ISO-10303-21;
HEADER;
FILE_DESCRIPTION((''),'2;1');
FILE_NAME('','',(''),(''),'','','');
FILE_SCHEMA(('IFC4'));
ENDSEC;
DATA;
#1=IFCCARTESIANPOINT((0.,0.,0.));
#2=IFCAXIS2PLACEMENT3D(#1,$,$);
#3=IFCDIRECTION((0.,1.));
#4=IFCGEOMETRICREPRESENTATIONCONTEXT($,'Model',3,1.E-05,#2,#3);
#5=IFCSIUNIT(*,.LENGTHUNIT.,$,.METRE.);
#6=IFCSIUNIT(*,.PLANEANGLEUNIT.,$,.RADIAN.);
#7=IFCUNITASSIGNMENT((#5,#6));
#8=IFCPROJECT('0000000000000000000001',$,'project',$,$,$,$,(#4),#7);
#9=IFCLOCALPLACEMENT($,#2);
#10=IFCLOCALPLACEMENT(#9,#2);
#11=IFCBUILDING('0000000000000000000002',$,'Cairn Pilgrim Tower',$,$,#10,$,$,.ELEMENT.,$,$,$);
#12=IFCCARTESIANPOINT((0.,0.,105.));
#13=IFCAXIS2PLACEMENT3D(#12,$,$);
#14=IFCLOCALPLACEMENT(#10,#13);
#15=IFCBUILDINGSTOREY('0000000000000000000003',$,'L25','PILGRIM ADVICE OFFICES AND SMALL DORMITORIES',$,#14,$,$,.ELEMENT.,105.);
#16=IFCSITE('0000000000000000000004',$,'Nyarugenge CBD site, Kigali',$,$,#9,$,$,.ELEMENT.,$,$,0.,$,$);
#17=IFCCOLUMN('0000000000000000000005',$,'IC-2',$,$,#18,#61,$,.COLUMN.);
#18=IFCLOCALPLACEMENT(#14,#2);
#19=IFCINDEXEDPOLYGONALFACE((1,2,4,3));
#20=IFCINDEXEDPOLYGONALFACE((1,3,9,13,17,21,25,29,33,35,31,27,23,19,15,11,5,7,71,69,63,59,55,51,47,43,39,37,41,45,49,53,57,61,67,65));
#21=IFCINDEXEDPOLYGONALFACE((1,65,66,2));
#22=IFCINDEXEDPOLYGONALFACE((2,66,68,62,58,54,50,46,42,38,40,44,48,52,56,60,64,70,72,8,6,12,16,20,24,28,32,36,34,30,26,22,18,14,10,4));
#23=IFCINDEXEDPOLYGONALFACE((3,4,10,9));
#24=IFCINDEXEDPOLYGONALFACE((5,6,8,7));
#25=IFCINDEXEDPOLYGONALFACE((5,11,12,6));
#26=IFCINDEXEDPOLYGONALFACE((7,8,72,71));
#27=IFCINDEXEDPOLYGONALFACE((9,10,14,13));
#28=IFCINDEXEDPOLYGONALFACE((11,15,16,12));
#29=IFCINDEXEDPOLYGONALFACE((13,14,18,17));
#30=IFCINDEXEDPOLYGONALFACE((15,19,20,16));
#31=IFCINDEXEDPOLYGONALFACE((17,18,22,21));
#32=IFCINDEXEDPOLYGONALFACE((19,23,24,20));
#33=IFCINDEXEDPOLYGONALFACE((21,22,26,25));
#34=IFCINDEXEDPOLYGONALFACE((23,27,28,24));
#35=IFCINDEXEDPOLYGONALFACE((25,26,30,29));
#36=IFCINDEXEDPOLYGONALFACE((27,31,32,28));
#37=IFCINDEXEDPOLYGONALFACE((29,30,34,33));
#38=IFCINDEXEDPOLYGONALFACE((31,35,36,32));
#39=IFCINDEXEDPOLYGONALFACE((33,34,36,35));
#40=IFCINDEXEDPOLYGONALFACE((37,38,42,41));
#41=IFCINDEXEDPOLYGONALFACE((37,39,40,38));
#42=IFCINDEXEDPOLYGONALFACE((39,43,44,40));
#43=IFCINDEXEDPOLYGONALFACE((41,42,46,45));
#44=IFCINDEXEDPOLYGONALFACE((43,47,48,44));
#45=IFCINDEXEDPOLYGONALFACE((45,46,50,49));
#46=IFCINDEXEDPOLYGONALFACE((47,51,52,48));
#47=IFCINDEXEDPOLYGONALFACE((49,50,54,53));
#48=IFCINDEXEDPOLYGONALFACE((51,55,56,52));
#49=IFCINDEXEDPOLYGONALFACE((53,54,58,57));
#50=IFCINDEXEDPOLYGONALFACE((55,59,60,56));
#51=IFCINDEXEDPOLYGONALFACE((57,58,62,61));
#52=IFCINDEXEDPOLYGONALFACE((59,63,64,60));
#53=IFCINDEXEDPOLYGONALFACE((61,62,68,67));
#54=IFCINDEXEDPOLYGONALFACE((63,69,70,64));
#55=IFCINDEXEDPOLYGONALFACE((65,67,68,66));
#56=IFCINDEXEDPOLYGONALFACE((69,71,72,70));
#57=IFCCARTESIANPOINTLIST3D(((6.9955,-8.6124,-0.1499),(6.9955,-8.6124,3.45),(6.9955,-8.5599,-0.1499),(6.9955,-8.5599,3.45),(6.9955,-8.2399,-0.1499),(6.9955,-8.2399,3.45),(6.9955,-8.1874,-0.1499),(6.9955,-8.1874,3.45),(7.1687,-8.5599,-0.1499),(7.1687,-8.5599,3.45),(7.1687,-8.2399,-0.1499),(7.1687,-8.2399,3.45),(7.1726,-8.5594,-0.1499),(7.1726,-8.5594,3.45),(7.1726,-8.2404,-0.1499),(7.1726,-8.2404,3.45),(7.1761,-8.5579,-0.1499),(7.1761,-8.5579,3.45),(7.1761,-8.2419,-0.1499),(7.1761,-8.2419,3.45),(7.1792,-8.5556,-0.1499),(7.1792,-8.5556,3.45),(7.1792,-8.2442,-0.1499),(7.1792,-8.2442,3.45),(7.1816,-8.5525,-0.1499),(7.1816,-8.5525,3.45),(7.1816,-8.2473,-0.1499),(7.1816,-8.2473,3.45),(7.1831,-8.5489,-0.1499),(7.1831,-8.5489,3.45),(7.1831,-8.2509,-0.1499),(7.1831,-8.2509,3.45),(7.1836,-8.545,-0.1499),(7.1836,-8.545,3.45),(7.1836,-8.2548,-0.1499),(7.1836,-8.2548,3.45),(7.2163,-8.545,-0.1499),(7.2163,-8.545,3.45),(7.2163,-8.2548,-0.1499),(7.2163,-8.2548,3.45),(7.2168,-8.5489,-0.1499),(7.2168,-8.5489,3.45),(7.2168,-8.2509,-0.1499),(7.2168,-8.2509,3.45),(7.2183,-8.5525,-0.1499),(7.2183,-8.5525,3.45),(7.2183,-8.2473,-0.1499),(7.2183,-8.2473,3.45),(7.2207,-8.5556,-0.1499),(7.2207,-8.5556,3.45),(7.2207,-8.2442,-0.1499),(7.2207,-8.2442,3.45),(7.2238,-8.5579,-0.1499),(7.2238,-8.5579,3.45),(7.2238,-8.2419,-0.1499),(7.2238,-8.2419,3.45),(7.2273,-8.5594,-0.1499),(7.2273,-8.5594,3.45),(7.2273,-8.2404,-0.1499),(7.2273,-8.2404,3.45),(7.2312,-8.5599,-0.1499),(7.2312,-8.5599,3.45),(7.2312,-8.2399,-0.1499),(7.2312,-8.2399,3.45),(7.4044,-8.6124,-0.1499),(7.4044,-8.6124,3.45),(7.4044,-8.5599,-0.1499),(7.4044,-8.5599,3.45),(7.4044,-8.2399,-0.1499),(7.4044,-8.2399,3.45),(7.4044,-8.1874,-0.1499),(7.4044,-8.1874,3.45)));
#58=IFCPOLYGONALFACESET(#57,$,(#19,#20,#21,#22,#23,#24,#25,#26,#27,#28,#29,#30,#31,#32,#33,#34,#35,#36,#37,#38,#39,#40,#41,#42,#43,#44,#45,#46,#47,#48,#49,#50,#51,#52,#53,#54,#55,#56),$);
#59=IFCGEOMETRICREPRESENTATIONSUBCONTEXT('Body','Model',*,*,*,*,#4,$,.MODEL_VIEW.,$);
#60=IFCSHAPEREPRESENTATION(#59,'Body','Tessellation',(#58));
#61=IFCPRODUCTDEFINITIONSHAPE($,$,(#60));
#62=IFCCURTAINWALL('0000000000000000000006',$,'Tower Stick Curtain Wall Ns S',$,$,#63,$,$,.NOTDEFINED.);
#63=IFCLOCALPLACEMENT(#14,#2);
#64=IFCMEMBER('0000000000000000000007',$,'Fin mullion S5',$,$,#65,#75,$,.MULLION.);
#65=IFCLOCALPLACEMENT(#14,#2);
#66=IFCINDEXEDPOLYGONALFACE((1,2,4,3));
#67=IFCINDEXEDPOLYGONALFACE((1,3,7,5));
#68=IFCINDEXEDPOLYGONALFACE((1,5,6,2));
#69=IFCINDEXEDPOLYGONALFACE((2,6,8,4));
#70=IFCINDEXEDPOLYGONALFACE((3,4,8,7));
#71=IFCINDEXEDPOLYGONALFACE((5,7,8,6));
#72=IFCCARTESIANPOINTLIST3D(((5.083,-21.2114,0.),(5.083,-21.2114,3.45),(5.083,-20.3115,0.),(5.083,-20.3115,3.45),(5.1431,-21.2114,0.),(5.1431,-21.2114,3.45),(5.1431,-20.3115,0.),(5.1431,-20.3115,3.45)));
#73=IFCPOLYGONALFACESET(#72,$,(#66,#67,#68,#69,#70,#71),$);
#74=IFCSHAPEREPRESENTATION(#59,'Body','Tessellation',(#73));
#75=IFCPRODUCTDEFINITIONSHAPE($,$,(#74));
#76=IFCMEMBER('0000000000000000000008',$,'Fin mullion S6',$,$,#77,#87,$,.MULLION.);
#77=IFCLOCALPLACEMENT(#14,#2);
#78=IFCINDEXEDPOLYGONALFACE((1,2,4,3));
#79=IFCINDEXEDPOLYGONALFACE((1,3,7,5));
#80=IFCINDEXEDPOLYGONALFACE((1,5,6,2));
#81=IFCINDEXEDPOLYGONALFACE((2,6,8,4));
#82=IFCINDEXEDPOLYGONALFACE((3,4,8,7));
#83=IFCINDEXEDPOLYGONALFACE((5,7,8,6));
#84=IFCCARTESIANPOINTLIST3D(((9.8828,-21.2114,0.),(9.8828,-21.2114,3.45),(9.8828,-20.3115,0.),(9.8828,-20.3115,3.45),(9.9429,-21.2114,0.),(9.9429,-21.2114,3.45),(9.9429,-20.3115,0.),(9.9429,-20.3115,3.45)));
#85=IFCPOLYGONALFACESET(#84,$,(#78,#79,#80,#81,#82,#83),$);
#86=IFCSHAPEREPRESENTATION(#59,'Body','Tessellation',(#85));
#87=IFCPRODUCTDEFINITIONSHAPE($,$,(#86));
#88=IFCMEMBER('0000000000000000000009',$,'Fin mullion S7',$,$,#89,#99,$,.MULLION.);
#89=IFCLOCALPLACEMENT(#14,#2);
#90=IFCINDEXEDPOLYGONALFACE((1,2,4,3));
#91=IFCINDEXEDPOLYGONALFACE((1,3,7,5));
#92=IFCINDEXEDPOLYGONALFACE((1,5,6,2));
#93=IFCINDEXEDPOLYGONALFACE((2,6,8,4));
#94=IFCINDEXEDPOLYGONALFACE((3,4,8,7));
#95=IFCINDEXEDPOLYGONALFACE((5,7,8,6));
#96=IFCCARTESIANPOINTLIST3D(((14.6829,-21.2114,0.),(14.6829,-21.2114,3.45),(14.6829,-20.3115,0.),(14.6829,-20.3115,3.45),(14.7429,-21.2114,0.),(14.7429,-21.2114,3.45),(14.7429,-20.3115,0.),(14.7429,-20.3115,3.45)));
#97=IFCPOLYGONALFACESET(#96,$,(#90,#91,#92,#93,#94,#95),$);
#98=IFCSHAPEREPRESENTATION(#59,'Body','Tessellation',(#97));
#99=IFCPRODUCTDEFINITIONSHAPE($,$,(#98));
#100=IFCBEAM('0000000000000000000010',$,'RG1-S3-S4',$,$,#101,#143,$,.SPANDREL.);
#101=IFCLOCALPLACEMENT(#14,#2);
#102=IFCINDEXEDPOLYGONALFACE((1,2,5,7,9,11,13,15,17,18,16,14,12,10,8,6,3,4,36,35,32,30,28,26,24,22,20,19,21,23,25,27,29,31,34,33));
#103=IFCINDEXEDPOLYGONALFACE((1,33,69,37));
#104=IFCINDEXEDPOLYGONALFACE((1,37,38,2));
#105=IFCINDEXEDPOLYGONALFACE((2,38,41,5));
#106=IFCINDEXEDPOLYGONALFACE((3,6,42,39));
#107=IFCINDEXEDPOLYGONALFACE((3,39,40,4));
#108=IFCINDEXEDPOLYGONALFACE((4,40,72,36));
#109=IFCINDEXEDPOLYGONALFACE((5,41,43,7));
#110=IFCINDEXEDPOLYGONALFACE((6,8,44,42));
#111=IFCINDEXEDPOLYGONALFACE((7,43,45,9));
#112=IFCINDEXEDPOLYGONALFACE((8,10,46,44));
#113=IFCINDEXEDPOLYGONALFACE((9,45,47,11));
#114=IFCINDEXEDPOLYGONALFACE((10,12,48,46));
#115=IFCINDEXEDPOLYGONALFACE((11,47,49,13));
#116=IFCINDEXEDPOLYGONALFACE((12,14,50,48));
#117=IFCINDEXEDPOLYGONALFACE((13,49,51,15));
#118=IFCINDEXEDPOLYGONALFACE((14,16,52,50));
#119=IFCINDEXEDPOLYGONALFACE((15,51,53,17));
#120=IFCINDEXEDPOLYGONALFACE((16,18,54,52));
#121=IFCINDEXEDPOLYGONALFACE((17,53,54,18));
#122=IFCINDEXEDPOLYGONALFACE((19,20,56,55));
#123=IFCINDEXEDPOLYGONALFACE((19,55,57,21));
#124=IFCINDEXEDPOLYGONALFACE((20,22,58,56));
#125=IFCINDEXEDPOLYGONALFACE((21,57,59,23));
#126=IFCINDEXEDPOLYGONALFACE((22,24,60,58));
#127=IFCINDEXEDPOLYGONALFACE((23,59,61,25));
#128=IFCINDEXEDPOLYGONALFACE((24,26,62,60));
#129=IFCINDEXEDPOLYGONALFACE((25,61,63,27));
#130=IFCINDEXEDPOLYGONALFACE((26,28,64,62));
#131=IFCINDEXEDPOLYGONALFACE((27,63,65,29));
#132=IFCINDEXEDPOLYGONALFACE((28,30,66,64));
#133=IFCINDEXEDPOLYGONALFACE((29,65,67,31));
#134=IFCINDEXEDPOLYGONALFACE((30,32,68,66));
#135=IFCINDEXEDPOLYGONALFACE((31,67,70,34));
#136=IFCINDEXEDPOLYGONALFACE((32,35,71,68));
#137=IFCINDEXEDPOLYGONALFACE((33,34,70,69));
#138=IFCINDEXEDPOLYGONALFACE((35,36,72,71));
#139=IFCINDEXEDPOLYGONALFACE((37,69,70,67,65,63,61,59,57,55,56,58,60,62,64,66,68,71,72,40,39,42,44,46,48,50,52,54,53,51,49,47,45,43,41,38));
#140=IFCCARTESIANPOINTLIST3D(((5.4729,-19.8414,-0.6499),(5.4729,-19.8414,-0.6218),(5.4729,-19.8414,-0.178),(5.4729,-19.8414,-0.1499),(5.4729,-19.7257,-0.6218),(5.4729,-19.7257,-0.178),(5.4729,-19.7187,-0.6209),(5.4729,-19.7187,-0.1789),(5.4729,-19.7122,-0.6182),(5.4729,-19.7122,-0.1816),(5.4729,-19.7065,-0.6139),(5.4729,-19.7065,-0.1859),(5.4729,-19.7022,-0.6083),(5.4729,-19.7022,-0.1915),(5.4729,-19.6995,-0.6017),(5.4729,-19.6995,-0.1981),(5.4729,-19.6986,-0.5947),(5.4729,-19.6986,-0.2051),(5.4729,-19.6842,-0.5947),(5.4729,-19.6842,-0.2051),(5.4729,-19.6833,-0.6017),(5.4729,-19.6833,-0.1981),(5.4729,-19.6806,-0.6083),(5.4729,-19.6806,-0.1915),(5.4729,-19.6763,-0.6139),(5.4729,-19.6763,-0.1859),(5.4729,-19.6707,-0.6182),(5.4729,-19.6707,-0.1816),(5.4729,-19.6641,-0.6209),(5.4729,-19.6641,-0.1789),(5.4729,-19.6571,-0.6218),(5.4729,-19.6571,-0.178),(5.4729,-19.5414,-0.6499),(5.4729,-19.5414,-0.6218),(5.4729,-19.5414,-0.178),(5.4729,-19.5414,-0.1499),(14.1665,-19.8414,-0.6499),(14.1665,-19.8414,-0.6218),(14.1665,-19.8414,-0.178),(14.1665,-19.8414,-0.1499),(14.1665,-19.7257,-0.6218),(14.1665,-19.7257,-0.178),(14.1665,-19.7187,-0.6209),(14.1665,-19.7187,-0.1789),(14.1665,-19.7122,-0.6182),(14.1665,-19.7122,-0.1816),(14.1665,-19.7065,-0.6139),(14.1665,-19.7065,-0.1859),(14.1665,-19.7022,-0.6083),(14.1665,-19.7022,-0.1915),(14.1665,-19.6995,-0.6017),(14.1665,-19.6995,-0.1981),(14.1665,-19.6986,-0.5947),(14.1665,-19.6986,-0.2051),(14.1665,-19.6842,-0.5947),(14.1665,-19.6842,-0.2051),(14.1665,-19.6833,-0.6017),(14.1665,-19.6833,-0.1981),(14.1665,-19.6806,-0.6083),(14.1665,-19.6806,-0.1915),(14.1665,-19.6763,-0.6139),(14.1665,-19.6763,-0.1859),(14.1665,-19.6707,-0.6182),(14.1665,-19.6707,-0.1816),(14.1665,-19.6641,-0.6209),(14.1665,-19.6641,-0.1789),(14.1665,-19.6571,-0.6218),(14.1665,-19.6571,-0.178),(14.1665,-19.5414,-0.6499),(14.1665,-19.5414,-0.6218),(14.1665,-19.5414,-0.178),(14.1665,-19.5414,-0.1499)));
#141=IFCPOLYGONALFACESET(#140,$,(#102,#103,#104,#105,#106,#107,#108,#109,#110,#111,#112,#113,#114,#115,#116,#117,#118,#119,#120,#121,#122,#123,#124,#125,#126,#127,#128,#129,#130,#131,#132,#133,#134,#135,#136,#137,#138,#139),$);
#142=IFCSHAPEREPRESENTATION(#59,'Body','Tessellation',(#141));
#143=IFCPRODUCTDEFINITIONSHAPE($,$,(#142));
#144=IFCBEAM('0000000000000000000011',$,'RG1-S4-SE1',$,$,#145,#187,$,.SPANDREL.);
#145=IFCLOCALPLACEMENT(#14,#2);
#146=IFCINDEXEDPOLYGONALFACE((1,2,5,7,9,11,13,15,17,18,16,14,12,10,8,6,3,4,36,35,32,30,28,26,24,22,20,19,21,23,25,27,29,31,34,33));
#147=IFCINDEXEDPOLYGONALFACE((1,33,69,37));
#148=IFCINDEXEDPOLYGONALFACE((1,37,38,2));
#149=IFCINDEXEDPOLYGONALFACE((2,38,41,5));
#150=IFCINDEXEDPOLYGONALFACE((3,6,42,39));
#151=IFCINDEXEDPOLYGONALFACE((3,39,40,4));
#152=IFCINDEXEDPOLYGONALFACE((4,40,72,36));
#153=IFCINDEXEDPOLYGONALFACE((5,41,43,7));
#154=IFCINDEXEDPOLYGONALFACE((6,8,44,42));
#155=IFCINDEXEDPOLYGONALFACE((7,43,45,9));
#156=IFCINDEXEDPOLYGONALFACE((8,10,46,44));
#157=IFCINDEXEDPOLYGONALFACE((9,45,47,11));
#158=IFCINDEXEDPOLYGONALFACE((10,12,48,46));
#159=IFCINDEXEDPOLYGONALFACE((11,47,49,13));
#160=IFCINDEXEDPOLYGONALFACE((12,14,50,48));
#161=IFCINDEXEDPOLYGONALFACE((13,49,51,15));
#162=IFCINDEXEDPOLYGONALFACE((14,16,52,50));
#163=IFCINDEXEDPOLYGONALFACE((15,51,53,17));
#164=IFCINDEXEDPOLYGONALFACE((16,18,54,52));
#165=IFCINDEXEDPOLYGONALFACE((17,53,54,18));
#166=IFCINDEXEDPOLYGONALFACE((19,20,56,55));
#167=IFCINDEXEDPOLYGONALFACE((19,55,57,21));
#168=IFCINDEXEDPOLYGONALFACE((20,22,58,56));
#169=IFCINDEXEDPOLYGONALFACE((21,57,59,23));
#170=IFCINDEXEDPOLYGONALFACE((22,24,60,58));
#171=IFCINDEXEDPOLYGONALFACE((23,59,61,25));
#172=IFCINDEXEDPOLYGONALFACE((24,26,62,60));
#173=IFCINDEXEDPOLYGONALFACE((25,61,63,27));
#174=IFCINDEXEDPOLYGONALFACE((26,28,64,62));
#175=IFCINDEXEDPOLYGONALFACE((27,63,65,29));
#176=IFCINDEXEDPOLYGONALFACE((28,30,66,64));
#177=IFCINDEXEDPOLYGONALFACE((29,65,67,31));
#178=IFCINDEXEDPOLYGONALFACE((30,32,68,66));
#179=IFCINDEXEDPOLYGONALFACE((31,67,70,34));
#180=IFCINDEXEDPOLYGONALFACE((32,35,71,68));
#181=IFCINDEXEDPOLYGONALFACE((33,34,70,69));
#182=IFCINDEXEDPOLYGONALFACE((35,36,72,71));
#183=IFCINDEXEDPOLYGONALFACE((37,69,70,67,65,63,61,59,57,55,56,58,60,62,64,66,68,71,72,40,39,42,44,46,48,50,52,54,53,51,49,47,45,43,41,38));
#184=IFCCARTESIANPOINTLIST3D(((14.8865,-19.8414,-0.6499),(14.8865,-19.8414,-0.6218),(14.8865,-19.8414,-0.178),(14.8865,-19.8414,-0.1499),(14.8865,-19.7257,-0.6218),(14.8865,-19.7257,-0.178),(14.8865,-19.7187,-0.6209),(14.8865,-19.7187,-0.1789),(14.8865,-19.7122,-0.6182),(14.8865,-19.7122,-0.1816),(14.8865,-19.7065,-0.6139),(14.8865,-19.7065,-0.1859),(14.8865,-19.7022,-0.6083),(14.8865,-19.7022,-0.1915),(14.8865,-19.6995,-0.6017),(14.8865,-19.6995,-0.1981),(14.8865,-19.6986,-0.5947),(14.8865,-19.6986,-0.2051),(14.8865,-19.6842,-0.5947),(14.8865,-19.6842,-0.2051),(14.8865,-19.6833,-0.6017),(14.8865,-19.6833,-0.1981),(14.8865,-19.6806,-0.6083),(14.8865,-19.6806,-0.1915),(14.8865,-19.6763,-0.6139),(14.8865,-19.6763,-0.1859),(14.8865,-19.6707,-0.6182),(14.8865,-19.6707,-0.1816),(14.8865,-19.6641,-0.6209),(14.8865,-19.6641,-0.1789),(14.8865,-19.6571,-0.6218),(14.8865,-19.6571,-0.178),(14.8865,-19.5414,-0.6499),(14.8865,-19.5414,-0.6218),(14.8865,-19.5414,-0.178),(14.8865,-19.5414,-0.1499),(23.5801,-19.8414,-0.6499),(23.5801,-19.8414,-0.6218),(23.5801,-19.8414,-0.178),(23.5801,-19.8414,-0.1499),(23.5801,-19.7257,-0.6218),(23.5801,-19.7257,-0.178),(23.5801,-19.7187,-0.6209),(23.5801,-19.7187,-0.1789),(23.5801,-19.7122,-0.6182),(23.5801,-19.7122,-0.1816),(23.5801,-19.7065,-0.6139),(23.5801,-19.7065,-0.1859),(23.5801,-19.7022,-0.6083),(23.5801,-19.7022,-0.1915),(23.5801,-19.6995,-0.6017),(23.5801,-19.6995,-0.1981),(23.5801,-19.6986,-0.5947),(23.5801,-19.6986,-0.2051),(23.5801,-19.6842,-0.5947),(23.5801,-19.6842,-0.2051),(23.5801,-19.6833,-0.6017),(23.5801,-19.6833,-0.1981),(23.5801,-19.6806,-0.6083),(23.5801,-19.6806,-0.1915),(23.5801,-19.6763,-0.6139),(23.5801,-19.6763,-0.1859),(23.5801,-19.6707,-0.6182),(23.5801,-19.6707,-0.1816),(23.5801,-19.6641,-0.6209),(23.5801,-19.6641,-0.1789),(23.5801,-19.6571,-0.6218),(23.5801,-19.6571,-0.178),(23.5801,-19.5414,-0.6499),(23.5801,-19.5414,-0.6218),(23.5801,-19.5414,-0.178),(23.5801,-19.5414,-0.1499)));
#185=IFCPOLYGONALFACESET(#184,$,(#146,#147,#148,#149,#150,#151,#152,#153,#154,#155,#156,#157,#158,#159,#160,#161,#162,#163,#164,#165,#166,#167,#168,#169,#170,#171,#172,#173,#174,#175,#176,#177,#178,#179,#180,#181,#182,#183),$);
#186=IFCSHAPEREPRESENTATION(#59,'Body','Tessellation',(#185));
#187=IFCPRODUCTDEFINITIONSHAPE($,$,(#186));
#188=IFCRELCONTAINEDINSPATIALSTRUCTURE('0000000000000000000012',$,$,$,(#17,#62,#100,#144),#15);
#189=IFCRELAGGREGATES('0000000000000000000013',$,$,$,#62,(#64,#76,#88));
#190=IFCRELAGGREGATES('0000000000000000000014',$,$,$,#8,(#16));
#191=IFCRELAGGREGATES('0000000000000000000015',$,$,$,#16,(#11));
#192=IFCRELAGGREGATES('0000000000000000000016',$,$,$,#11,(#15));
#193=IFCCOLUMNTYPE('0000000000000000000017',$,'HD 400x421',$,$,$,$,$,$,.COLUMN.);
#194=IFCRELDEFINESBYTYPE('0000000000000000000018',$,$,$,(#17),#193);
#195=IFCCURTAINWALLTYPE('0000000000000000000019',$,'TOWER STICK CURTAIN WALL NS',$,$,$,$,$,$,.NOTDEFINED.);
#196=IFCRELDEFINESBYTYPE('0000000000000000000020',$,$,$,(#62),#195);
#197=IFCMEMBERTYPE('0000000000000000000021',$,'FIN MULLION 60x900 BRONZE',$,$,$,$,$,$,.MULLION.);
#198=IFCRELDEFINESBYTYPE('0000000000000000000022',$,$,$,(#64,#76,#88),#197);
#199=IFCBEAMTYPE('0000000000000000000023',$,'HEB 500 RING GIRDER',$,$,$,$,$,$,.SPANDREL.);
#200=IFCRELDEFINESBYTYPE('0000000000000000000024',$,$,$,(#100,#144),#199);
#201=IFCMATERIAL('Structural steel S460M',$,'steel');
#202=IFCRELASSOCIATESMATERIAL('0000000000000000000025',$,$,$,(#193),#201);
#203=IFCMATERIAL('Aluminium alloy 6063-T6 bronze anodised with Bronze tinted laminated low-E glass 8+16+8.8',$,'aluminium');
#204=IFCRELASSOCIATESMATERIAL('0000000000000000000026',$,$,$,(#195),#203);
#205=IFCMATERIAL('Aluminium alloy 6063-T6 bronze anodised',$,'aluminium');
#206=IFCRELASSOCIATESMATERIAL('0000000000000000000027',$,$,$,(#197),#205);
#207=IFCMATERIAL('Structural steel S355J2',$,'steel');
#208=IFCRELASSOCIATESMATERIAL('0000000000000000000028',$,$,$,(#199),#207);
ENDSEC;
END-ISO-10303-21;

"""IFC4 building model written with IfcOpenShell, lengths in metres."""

from ifc_helpers import new_model, si_unit, direction, frame, origin, origin_2d, place, context, subcontext, project, spatial, rectangle, i_section, extrude, material, material_profile, profile_set, type_object, element, aggregate, save


model = new_model("IFC4")

# Units and contexts
model_context = context("Model", 3, precision=1e-05, world=origin(), true_north=direction((0.0, 1.0)))
body_context = subcontext(model_context, "Body", "Model", "MODEL_VIEW")
ifc_project = project(units=[si_unit("LENGTHUNIT", "METRE"), si_unit("PLANEANGLEUNIT", "RADIAN")], contexts=[model_context])

# Site, building, storey
site_placement = place(None, origin())
site = spatial("IfcSite", under=ifc_project, at=site_placement, Name="Nyarugenge CBD site, Kigali", CompositionType="ELEMENT", RefElevation=0.0)
building_placement = place(site_placement, origin())
building = spatial("IfcBuilding", under=site, at=building_placement, Name="Cairn Pilgrim Tower", CompositionType="ELEMENT")
storey_placement = place(building_placement, frame((0.0, 0.0, 105.0)))
storey = spatial("IfcBuildingStorey", under=building, at=storey_placement, Name="L25", Description="PILGRIM ADVICE OFFICES AND SMALL DORMITORIES", CompositionType="ELEMENT", Elevation=105.0)

# Column
ifc_material_1 = material(Name="Structural steel S460M", Category="steel")
ifc_material_profile_1 = material_profile(ifc_material_1, i_section(OverallWidth=0.4089, OverallDepth=0.425, WebThickness=0.0327, FlangeThickness=0.0525, FilletRadius=0.0149, at=origin_2d()), Name="HD 400x421")
ifc_profile_set_1 = profile_set([ifc_material_profile_1], Name="Structural steel S460M")
column_type_1 = type_object("IfcColumnType", Name="HD 400x421", PredefinedType="COLUMN", material=ifc_profile_set_1)
column_placement = place(storey_placement, frame((7.2, -8.3999, -0.1499), z_axis=(0.0, 0.0, 1.0), x_axis=(1.0, 0.0, 0.0)))
element("IfcColumn", 1, at=column_placement, inside=storey, type_object=column_type_1, Name="IC-2", PredefinedType="COLUMN", context=body_context, shape_type="SweptSolid", body=[
    extrude(i_section(OverallWidth=0.4089, OverallDepth=0.425, WebThickness=0.0327, FlangeThickness=0.0525, FilletRadius=0.0149, at=origin_2d()), origin(), (0.0, 0.0, 1.0), 3.5999),
])

# Curtain wall, members
ifc_material_2 = material(Name="Aluminium alloy 6063-T6 bronze anodised with Bronze tinted laminated low-E glass 8+16+8.8", Category="aluminium")
curtain_wall_type = type_object("IfcCurtainWallType", Name="TOWER STICK CURTAIN WALL NS", PredefinedType="NOTDEFINED", material=ifc_material_2)
curtain_wall_placement = place(storey_placement, origin())
curtain_wall = element("IfcCurtainWall", 2, at=curtain_wall_placement, inside=storey, type_object=curtain_wall_type, Name="Tower Stick Curtain Wall Ns S", PredefinedType="NOTDEFINED")
ifc_material_3 = material(Name="Aluminium alloy 6063-T6 bronze anodised", Category="aluminium")
ifc_material_profile_2 = material_profile(ifc_material_3, rectangle(XDim=0.8999, YDim=0.0601, at=origin_2d()), Name="FIN MULLION 60x900 BRONZE")
ifc_profile_set_2 = profile_set([ifc_material_profile_2], Name="Aluminium alloy 6063-T6 bronze anodised")
member_type_1 = type_object("IfcMemberType", Name="FIN MULLION 60x900 BRONZE", PredefinedType="MULLION", material=ifc_profile_set_2)
member_1_placement = place(storey_placement, frame((5.113, -20.7615, 0.0), z_axis=(0.0, 0.0, 1.0), x_axis=(0.0, -1.0, 0.0)))
member_1 = element("IfcMember", 3, at=member_1_placement, type_object=member_type_1, Name="Fin mullion S5", PredefinedType="MULLION", context=body_context, shape_type="SweptSolid", body=[
    extrude(rectangle(XDim=0.8999, YDim=0.0601, at=origin_2d()), origin(), (0.0, 0.0, 1.0), 3.45),
])
member_2_placement = place(storey_placement, frame((9.9128, -20.7615, 0.0), z_axis=(0.0, 0.0, 1.0), x_axis=(0.0, -1.0, 0.0)))
member_2 = element("IfcMember", 4, at=member_2_placement, type_object=member_type_1, Name="Fin mullion S6", PredefinedType="MULLION", context=body_context, shape_type="SweptSolid", body=[
    extrude(rectangle(XDim=0.8999, YDim=0.0601, at=origin_2d()), origin(), (0.0, 0.0, 1.0), 3.45),
])
member_3_placement = place(storey_placement, frame((14.7129, -20.7615, 0.0), z_axis=(0.0, 0.0, 1.0), x_axis=(0.0, -1.0, 0.0)))
member_3 = element("IfcMember", 5, at=member_3_placement, type_object=member_type_1, Name="Fin mullion S7", PredefinedType="MULLION", context=body_context, shape_type="SweptSolid", body=[
    extrude(rectangle(XDim=0.8999, YDim=0.0601, at=origin_2d()), origin(), (0.0, 0.0, 1.0), 3.45),
])

# Beams
ifc_material_4 = material(Name="Structural steel S355J2", Category="steel")
ifc_material_profile_3 = material_profile(ifc_material_4, i_section(OverallWidth=0.3, OverallDepth=0.5, WebThickness=0.0144, FlangeThickness=0.0281, FilletRadius=0.0271, at=origin_2d()), Name="HEB 500")
ifc_profile_set_3 = profile_set([ifc_material_profile_3], Name="Structural steel S355J2")
beam_type_1 = type_object("IfcBeamType", Name="HEB 500 RING GIRDER", PredefinedType="SPANDREL", material=ifc_profile_set_3)
for number, where, z_axis, x_axis, name in (
    (6, (5.4729, -19.6914, -0.3999), (1.0, 0.0, 0.0), (0.0, 1.0, 0.0), "RG1-S3-S4"),
    (7, (14.8865, -19.6914, -0.3999), (1.0, 0.0, 0.0), (0.0, 1.0, 0.0), "RG1-S4-SE1"),
):
    element("IfcBeam", number, at=place(storey_placement, frame(where, z_axis=z_axis, x_axis=x_axis)), inside=storey, type_object=beam_type_1, Name=name, PredefinedType="SPANDREL", context=body_context, shape_type="SweptSolid", body=[
        extrude(i_section(OverallWidth=0.3, OverallDepth=0.5, WebThickness=0.0144, FlangeThickness=0.0281, FilletRadius=0.0271, at=origin_2d()), origin(), (0.0, 0.0, 1.0), 8.6936),
    ])

aggregate(curtain_wall, [member_1, member_2, member_3])

save(model, "model.ifc")
